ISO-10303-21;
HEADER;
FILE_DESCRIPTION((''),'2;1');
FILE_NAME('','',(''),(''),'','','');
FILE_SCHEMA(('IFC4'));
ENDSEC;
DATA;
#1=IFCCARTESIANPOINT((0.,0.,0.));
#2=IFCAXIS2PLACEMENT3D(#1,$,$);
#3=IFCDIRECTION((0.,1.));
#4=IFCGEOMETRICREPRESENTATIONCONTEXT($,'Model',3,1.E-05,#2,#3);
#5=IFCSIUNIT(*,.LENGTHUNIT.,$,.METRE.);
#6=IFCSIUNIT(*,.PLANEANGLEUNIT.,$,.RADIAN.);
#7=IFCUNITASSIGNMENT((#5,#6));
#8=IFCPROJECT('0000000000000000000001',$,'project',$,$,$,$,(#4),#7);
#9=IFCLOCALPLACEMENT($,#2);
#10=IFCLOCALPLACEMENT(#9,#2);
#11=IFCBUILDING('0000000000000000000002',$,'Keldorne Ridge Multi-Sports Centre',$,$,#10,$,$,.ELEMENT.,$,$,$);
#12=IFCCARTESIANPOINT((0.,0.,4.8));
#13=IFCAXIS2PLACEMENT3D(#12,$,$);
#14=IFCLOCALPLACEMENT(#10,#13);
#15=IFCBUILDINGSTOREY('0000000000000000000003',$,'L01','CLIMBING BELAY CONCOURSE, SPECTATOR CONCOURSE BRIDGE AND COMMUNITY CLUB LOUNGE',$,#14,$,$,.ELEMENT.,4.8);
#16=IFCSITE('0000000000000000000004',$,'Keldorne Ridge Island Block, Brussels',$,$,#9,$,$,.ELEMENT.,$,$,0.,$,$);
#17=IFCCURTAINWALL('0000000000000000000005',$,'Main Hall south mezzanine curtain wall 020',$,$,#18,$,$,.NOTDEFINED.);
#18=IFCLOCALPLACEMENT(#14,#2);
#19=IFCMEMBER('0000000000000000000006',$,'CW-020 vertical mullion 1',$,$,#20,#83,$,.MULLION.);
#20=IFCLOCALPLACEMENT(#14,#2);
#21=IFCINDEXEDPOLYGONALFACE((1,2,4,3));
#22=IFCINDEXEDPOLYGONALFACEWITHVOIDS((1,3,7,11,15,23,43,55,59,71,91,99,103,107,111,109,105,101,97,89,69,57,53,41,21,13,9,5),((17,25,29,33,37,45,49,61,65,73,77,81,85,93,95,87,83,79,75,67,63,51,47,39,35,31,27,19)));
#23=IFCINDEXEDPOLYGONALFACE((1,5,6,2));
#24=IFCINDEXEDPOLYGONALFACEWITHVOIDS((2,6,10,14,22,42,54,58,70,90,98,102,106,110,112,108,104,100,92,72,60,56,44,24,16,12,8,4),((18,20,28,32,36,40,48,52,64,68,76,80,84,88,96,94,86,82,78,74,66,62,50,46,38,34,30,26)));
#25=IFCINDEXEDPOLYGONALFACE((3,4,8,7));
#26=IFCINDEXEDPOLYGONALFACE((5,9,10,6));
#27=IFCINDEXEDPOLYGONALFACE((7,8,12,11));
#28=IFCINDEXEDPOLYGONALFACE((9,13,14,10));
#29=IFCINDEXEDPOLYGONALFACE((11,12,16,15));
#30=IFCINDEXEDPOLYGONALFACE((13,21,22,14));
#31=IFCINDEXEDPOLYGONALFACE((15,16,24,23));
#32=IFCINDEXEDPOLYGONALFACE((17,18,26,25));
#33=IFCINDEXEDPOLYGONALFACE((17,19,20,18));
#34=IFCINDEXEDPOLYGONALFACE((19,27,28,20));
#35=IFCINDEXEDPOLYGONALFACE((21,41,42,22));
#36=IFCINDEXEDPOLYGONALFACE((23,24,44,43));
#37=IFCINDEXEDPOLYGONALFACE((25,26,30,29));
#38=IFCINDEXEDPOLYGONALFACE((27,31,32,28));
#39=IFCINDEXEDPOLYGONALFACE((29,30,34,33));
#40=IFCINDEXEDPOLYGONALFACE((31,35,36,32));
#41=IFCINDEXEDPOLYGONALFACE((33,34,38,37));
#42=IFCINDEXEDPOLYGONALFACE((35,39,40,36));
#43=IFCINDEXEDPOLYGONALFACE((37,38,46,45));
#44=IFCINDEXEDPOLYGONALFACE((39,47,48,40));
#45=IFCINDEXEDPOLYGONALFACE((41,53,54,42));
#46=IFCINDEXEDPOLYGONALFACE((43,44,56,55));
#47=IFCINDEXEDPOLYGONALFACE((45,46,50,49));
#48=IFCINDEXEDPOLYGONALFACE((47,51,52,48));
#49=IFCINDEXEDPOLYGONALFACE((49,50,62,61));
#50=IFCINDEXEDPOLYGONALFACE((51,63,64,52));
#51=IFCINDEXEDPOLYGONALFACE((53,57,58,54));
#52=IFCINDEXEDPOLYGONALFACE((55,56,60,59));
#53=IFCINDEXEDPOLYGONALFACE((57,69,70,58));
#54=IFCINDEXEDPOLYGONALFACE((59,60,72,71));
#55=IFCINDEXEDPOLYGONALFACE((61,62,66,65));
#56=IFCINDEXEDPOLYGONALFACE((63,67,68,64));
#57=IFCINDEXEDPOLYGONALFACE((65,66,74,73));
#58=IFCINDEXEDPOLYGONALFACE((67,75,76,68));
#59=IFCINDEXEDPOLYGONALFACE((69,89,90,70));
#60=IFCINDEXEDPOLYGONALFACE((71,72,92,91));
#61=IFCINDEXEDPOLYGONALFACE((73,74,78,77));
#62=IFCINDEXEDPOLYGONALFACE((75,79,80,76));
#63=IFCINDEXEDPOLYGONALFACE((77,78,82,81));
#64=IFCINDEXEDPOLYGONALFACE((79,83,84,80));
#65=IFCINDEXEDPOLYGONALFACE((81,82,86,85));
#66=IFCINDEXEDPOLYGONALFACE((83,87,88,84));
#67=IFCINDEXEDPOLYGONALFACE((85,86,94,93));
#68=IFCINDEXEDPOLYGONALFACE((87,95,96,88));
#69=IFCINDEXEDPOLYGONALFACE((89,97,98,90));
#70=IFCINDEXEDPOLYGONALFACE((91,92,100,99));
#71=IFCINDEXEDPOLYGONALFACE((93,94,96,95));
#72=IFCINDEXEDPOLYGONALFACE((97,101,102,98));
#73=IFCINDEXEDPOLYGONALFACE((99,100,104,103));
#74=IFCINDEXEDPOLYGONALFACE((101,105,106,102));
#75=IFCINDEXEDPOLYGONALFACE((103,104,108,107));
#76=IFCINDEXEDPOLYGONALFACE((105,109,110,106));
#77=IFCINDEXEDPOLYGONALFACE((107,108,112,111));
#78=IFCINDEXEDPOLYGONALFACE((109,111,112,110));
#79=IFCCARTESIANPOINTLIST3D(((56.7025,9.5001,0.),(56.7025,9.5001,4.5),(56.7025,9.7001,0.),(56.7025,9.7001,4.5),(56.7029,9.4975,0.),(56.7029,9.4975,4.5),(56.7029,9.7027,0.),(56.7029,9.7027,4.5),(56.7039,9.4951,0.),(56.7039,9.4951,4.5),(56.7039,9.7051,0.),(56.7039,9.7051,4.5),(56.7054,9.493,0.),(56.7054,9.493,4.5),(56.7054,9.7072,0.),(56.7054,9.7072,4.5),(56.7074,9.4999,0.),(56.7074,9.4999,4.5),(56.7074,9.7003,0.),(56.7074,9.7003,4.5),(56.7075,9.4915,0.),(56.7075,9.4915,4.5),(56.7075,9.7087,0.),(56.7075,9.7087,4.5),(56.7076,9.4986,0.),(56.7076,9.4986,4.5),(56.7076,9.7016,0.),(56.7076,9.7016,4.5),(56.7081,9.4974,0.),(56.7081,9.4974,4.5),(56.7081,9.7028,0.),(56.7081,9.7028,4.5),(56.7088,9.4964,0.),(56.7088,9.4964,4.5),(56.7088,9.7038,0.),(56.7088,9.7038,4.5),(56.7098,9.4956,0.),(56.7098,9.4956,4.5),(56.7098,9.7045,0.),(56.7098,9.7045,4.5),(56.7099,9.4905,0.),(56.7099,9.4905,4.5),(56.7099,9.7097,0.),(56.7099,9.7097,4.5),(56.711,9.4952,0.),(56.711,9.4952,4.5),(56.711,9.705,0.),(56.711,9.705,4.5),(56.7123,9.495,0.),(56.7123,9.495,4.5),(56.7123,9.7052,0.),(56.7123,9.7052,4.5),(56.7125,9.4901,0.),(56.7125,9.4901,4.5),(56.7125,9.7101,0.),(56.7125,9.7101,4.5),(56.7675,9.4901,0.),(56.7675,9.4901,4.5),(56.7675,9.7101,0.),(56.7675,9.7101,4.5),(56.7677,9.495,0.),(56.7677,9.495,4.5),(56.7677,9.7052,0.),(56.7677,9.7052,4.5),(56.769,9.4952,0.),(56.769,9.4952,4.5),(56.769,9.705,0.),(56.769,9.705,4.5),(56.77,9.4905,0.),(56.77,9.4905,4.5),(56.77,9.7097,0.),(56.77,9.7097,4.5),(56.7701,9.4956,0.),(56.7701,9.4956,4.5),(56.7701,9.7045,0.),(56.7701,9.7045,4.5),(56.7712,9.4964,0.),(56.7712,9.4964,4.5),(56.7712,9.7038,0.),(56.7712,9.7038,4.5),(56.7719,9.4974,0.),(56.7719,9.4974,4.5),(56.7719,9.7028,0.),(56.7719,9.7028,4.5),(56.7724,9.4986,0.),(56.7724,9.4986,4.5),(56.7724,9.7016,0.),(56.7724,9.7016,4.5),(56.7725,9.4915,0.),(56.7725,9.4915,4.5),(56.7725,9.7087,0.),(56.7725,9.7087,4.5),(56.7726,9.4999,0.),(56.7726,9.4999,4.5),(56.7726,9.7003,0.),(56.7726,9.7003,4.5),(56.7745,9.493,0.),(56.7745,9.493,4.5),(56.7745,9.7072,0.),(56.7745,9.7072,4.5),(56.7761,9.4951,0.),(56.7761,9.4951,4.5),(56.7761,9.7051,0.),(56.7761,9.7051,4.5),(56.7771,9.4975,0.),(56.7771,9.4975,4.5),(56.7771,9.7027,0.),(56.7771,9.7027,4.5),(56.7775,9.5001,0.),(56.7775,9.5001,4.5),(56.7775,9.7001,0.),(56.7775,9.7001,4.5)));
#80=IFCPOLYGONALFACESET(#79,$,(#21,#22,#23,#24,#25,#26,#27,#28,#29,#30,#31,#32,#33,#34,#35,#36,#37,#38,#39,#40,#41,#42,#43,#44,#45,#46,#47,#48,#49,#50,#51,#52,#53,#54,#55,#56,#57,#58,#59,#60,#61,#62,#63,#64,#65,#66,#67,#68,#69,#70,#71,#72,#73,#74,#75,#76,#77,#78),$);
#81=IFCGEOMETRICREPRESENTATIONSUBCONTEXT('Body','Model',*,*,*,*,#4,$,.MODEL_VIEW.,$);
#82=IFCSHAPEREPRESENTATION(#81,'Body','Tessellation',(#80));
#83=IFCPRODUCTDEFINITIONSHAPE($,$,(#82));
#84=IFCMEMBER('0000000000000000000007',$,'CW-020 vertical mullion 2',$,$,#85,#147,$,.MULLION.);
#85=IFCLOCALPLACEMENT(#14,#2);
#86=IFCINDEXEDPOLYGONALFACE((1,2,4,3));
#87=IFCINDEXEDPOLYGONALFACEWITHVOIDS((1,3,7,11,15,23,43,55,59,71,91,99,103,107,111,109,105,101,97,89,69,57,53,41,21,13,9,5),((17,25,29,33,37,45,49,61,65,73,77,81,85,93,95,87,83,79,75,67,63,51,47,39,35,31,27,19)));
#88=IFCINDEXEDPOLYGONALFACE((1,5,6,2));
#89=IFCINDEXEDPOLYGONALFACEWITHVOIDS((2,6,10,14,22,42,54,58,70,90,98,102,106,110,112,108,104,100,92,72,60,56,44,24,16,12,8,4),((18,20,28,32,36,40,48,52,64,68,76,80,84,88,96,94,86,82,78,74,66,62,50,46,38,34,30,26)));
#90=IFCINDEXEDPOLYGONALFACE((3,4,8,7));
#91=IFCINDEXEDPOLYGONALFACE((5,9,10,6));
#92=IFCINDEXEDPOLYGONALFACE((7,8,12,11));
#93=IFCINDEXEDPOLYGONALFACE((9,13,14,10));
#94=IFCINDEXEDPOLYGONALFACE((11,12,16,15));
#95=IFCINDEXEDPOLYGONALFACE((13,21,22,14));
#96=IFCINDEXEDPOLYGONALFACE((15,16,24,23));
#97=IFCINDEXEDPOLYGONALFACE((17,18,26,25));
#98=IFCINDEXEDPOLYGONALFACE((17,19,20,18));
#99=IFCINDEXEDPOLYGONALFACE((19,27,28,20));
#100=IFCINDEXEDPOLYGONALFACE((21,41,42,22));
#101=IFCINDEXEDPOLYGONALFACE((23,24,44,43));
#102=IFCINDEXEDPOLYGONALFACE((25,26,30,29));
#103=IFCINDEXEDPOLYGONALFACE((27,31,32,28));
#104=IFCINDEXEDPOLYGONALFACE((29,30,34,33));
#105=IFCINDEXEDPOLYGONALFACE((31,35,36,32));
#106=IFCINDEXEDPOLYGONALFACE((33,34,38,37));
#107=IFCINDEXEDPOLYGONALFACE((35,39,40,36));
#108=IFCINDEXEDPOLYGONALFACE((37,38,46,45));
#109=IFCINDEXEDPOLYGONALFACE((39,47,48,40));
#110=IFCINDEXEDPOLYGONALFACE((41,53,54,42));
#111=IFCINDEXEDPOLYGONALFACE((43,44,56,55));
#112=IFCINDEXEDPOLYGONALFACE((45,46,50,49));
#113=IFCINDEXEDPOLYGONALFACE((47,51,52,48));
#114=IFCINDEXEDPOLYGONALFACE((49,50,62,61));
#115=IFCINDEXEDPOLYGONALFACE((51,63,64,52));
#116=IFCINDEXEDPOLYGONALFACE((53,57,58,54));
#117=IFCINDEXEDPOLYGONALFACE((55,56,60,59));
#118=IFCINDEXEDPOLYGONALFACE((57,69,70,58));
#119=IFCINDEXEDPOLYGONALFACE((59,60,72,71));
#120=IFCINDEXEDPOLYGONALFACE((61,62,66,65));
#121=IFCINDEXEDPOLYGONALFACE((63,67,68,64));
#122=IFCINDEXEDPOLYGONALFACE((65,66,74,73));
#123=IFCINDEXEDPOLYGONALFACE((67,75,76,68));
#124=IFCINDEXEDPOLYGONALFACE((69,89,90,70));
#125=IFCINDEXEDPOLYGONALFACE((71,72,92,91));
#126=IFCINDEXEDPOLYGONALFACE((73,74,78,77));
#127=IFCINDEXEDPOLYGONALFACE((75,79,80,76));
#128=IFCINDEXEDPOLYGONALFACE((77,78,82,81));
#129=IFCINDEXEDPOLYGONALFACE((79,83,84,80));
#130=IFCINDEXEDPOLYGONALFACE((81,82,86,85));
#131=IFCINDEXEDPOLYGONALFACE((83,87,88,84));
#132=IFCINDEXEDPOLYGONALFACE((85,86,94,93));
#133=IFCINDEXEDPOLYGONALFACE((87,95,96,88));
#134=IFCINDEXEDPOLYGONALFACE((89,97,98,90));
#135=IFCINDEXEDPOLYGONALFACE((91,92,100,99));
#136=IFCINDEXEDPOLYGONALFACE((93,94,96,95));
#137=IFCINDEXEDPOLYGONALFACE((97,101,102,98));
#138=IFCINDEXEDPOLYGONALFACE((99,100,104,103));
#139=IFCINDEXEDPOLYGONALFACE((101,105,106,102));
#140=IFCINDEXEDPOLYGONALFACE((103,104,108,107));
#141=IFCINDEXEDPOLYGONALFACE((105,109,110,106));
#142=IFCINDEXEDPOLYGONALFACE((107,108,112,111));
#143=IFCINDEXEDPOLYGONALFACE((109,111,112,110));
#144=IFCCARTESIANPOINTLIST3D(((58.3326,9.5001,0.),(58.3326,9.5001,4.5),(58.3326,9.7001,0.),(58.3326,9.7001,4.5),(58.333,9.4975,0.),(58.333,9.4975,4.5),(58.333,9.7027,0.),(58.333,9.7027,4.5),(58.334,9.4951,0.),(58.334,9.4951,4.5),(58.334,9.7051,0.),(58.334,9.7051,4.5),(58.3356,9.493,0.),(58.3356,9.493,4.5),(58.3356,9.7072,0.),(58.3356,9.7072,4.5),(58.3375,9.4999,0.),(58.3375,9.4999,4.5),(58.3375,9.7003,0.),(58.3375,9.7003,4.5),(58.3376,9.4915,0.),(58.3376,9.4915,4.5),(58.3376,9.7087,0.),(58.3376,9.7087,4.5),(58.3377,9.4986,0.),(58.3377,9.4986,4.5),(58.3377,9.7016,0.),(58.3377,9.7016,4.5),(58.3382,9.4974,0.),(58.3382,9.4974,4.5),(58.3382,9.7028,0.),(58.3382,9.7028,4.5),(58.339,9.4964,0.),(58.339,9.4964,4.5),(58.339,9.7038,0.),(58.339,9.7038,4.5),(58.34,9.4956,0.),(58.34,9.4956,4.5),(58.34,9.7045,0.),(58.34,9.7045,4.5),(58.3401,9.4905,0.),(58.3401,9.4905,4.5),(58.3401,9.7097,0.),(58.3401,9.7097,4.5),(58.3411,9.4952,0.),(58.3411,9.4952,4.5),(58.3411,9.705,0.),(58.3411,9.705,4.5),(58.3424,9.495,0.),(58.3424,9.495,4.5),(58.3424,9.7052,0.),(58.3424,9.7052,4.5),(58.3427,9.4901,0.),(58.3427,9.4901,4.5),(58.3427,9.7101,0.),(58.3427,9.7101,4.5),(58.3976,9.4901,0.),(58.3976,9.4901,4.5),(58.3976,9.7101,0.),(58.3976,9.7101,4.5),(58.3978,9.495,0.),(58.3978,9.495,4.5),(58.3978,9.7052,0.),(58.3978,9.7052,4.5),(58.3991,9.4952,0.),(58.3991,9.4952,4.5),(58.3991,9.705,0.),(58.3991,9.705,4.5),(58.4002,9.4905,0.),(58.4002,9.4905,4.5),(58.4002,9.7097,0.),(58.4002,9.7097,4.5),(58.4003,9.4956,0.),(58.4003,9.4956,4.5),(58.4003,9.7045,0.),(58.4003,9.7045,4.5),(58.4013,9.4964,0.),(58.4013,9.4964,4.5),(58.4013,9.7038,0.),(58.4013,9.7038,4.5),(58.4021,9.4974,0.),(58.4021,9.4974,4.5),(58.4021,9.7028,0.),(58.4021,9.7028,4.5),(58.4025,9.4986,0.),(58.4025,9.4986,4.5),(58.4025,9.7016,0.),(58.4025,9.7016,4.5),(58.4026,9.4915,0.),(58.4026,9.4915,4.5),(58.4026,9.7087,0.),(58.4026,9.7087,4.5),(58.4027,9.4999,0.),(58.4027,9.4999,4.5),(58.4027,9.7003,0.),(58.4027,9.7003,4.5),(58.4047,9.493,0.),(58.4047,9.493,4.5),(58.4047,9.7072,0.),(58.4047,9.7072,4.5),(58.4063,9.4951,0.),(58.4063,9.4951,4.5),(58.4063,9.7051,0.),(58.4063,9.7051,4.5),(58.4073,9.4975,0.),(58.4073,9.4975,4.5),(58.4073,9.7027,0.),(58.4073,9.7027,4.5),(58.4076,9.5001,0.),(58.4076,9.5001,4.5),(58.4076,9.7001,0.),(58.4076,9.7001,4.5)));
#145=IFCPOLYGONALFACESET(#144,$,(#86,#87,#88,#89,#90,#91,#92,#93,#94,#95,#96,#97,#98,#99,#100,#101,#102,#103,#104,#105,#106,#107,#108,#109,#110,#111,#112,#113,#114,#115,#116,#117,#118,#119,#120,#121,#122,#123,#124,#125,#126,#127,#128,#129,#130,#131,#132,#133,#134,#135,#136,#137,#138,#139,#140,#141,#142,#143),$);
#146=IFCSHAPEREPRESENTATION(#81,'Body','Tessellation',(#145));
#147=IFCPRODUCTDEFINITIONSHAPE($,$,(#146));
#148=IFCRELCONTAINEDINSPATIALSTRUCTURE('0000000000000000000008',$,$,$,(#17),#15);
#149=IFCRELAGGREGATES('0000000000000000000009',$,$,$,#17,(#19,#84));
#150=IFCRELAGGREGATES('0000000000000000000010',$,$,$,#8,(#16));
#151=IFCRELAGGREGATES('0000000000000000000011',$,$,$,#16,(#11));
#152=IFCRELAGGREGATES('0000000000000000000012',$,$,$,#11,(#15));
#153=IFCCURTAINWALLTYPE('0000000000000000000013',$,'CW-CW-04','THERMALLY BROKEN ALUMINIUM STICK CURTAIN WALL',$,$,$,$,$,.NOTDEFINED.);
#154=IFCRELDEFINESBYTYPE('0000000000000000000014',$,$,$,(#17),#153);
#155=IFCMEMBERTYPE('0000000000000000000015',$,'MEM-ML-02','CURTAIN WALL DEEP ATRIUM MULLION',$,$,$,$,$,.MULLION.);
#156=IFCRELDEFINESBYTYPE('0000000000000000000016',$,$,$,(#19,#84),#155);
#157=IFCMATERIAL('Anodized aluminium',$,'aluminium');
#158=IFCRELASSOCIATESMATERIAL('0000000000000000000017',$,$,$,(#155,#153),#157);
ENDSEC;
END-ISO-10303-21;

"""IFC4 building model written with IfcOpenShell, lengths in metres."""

from ifc_helpers import new_model, si_unit, direction, frame, origin, origin_2d, place, context, subcontext, project, spatial, hollow_rectangle, extrude, material, material_profile, profile_set, type_object, element, aggregate, save


model = new_model("IFC4")

# Units and contexts
model_context = context("Model", 3, precision=1e-05, world=origin(), true_north=direction((0.0, 1.0)))
body_context = subcontext(model_context, "Body", "Model", "MODEL_VIEW")
ifc_project = project(units=[si_unit("LENGTHUNIT", "METRE"), si_unit("PLANEANGLEUNIT", "RADIAN")], contexts=[model_context])

# Site, building, storey
site_placement = place(None, origin())
site = spatial("IfcSite", under=ifc_project, at=site_placement, Name="Keldorne Ridge Island Block, Brussels", CompositionType="ELEMENT", RefElevation=0.0)
building_placement = place(site_placement, origin())
building = spatial("IfcBuilding", under=site, at=building_placement, Name="Keldorne Ridge Multi-Sports Centre", CompositionType="ELEMENT")
storey_placement = place(building_placement, frame((0.0, 0.0, 4.8)))
storey = spatial("IfcBuildingStorey", under=building, at=storey_placement, Name="L01", Description="CLIMBING BELAY CONCOURSE, SPECTATOR CONCOURSE BRIDGE AND COMMUNITY CLUB LOUNGE", CompositionType="ELEMENT", Elevation=4.8)

# Curtain wall, members
ifc_material_1 = material(Name="Anodized aluminium", Category="aluminium")
ifc_material_profile_1 = material_profile(ifc_material_1, hollow_rectangle(XDim=0.075, YDim=0.22, WallThickness=0.0049, InnerFilletRadius=0.0049, OuterFilletRadius=0.01, at=origin_2d()), Name="ALU MULLION 220x75x5")
ifc_profile_set_1 = profile_set([ifc_material_profile_1], Name="Anodized aluminium")
member_type_1 = type_object("IfcMemberType", Name="MEM-ML-02", Description="CURTAIN WALL DEEP ATRIUM MULLION", PredefinedType="MULLION", material=ifc_profile_set_1)
curtain_wall_type_1 = type_object("IfcCurtainWallType", Name="CW-CW-04", Description="THERMALLY BROKEN ALUMINIUM STICK CURTAIN WALL", PredefinedType="NOTDEFINED", material=ifc_material_1)
curtain_wall_1_placement = place(storey_placement, origin())
curtain_wall_1 = element("IfcCurtainWall", 1, at=curtain_wall_1_placement, inside=storey, type_object=curtain_wall_type_1, Name="Main Hall south mezzanine curtain wall 020", PredefinedType="NOTDEFINED")
member_1_placement = place(storey_placement, frame((56.74, 9.6001, 0.0), z_axis=(0.0, 0.0, 1.0), x_axis=(1.0, 0.0, 0.0)))
member_1 = element("IfcMember", 2, at=member_1_placement, type_object=member_type_1, Name="CW-020 vertical mullion 1", PredefinedType="MULLION", context=body_context, shape_type="SweptSolid", body=[
    extrude(hollow_rectangle(XDim=0.075, YDim=0.22, WallThickness=0.0049, InnerFilletRadius=0.0049, OuterFilletRadius=0.01, at=origin_2d()), origin(), (0.0, 0.0, 1.0), 4.5),
])
member_2_placement = place(storey_placement, frame((58.3701, 9.6001, 0.0), z_axis=(0.0, 0.0, 1.0), x_axis=(1.0, 0.0, 0.0)))
member_2 = element("IfcMember", 3, at=member_2_placement, type_object=member_type_1, Name="CW-020 vertical mullion 2", PredefinedType="MULLION", context=body_context, shape_type="SweptSolid", body=[
    extrude(hollow_rectangle(XDim=0.075, YDim=0.22, WallThickness=0.0049, InnerFilletRadius=0.0049, OuterFilletRadius=0.01, at=origin_2d()), origin(), (0.0, 0.0, 1.0), 4.5),
])

aggregate(curtain_wall_1, [member_1, member_2])

save(model, "model.ifc")
